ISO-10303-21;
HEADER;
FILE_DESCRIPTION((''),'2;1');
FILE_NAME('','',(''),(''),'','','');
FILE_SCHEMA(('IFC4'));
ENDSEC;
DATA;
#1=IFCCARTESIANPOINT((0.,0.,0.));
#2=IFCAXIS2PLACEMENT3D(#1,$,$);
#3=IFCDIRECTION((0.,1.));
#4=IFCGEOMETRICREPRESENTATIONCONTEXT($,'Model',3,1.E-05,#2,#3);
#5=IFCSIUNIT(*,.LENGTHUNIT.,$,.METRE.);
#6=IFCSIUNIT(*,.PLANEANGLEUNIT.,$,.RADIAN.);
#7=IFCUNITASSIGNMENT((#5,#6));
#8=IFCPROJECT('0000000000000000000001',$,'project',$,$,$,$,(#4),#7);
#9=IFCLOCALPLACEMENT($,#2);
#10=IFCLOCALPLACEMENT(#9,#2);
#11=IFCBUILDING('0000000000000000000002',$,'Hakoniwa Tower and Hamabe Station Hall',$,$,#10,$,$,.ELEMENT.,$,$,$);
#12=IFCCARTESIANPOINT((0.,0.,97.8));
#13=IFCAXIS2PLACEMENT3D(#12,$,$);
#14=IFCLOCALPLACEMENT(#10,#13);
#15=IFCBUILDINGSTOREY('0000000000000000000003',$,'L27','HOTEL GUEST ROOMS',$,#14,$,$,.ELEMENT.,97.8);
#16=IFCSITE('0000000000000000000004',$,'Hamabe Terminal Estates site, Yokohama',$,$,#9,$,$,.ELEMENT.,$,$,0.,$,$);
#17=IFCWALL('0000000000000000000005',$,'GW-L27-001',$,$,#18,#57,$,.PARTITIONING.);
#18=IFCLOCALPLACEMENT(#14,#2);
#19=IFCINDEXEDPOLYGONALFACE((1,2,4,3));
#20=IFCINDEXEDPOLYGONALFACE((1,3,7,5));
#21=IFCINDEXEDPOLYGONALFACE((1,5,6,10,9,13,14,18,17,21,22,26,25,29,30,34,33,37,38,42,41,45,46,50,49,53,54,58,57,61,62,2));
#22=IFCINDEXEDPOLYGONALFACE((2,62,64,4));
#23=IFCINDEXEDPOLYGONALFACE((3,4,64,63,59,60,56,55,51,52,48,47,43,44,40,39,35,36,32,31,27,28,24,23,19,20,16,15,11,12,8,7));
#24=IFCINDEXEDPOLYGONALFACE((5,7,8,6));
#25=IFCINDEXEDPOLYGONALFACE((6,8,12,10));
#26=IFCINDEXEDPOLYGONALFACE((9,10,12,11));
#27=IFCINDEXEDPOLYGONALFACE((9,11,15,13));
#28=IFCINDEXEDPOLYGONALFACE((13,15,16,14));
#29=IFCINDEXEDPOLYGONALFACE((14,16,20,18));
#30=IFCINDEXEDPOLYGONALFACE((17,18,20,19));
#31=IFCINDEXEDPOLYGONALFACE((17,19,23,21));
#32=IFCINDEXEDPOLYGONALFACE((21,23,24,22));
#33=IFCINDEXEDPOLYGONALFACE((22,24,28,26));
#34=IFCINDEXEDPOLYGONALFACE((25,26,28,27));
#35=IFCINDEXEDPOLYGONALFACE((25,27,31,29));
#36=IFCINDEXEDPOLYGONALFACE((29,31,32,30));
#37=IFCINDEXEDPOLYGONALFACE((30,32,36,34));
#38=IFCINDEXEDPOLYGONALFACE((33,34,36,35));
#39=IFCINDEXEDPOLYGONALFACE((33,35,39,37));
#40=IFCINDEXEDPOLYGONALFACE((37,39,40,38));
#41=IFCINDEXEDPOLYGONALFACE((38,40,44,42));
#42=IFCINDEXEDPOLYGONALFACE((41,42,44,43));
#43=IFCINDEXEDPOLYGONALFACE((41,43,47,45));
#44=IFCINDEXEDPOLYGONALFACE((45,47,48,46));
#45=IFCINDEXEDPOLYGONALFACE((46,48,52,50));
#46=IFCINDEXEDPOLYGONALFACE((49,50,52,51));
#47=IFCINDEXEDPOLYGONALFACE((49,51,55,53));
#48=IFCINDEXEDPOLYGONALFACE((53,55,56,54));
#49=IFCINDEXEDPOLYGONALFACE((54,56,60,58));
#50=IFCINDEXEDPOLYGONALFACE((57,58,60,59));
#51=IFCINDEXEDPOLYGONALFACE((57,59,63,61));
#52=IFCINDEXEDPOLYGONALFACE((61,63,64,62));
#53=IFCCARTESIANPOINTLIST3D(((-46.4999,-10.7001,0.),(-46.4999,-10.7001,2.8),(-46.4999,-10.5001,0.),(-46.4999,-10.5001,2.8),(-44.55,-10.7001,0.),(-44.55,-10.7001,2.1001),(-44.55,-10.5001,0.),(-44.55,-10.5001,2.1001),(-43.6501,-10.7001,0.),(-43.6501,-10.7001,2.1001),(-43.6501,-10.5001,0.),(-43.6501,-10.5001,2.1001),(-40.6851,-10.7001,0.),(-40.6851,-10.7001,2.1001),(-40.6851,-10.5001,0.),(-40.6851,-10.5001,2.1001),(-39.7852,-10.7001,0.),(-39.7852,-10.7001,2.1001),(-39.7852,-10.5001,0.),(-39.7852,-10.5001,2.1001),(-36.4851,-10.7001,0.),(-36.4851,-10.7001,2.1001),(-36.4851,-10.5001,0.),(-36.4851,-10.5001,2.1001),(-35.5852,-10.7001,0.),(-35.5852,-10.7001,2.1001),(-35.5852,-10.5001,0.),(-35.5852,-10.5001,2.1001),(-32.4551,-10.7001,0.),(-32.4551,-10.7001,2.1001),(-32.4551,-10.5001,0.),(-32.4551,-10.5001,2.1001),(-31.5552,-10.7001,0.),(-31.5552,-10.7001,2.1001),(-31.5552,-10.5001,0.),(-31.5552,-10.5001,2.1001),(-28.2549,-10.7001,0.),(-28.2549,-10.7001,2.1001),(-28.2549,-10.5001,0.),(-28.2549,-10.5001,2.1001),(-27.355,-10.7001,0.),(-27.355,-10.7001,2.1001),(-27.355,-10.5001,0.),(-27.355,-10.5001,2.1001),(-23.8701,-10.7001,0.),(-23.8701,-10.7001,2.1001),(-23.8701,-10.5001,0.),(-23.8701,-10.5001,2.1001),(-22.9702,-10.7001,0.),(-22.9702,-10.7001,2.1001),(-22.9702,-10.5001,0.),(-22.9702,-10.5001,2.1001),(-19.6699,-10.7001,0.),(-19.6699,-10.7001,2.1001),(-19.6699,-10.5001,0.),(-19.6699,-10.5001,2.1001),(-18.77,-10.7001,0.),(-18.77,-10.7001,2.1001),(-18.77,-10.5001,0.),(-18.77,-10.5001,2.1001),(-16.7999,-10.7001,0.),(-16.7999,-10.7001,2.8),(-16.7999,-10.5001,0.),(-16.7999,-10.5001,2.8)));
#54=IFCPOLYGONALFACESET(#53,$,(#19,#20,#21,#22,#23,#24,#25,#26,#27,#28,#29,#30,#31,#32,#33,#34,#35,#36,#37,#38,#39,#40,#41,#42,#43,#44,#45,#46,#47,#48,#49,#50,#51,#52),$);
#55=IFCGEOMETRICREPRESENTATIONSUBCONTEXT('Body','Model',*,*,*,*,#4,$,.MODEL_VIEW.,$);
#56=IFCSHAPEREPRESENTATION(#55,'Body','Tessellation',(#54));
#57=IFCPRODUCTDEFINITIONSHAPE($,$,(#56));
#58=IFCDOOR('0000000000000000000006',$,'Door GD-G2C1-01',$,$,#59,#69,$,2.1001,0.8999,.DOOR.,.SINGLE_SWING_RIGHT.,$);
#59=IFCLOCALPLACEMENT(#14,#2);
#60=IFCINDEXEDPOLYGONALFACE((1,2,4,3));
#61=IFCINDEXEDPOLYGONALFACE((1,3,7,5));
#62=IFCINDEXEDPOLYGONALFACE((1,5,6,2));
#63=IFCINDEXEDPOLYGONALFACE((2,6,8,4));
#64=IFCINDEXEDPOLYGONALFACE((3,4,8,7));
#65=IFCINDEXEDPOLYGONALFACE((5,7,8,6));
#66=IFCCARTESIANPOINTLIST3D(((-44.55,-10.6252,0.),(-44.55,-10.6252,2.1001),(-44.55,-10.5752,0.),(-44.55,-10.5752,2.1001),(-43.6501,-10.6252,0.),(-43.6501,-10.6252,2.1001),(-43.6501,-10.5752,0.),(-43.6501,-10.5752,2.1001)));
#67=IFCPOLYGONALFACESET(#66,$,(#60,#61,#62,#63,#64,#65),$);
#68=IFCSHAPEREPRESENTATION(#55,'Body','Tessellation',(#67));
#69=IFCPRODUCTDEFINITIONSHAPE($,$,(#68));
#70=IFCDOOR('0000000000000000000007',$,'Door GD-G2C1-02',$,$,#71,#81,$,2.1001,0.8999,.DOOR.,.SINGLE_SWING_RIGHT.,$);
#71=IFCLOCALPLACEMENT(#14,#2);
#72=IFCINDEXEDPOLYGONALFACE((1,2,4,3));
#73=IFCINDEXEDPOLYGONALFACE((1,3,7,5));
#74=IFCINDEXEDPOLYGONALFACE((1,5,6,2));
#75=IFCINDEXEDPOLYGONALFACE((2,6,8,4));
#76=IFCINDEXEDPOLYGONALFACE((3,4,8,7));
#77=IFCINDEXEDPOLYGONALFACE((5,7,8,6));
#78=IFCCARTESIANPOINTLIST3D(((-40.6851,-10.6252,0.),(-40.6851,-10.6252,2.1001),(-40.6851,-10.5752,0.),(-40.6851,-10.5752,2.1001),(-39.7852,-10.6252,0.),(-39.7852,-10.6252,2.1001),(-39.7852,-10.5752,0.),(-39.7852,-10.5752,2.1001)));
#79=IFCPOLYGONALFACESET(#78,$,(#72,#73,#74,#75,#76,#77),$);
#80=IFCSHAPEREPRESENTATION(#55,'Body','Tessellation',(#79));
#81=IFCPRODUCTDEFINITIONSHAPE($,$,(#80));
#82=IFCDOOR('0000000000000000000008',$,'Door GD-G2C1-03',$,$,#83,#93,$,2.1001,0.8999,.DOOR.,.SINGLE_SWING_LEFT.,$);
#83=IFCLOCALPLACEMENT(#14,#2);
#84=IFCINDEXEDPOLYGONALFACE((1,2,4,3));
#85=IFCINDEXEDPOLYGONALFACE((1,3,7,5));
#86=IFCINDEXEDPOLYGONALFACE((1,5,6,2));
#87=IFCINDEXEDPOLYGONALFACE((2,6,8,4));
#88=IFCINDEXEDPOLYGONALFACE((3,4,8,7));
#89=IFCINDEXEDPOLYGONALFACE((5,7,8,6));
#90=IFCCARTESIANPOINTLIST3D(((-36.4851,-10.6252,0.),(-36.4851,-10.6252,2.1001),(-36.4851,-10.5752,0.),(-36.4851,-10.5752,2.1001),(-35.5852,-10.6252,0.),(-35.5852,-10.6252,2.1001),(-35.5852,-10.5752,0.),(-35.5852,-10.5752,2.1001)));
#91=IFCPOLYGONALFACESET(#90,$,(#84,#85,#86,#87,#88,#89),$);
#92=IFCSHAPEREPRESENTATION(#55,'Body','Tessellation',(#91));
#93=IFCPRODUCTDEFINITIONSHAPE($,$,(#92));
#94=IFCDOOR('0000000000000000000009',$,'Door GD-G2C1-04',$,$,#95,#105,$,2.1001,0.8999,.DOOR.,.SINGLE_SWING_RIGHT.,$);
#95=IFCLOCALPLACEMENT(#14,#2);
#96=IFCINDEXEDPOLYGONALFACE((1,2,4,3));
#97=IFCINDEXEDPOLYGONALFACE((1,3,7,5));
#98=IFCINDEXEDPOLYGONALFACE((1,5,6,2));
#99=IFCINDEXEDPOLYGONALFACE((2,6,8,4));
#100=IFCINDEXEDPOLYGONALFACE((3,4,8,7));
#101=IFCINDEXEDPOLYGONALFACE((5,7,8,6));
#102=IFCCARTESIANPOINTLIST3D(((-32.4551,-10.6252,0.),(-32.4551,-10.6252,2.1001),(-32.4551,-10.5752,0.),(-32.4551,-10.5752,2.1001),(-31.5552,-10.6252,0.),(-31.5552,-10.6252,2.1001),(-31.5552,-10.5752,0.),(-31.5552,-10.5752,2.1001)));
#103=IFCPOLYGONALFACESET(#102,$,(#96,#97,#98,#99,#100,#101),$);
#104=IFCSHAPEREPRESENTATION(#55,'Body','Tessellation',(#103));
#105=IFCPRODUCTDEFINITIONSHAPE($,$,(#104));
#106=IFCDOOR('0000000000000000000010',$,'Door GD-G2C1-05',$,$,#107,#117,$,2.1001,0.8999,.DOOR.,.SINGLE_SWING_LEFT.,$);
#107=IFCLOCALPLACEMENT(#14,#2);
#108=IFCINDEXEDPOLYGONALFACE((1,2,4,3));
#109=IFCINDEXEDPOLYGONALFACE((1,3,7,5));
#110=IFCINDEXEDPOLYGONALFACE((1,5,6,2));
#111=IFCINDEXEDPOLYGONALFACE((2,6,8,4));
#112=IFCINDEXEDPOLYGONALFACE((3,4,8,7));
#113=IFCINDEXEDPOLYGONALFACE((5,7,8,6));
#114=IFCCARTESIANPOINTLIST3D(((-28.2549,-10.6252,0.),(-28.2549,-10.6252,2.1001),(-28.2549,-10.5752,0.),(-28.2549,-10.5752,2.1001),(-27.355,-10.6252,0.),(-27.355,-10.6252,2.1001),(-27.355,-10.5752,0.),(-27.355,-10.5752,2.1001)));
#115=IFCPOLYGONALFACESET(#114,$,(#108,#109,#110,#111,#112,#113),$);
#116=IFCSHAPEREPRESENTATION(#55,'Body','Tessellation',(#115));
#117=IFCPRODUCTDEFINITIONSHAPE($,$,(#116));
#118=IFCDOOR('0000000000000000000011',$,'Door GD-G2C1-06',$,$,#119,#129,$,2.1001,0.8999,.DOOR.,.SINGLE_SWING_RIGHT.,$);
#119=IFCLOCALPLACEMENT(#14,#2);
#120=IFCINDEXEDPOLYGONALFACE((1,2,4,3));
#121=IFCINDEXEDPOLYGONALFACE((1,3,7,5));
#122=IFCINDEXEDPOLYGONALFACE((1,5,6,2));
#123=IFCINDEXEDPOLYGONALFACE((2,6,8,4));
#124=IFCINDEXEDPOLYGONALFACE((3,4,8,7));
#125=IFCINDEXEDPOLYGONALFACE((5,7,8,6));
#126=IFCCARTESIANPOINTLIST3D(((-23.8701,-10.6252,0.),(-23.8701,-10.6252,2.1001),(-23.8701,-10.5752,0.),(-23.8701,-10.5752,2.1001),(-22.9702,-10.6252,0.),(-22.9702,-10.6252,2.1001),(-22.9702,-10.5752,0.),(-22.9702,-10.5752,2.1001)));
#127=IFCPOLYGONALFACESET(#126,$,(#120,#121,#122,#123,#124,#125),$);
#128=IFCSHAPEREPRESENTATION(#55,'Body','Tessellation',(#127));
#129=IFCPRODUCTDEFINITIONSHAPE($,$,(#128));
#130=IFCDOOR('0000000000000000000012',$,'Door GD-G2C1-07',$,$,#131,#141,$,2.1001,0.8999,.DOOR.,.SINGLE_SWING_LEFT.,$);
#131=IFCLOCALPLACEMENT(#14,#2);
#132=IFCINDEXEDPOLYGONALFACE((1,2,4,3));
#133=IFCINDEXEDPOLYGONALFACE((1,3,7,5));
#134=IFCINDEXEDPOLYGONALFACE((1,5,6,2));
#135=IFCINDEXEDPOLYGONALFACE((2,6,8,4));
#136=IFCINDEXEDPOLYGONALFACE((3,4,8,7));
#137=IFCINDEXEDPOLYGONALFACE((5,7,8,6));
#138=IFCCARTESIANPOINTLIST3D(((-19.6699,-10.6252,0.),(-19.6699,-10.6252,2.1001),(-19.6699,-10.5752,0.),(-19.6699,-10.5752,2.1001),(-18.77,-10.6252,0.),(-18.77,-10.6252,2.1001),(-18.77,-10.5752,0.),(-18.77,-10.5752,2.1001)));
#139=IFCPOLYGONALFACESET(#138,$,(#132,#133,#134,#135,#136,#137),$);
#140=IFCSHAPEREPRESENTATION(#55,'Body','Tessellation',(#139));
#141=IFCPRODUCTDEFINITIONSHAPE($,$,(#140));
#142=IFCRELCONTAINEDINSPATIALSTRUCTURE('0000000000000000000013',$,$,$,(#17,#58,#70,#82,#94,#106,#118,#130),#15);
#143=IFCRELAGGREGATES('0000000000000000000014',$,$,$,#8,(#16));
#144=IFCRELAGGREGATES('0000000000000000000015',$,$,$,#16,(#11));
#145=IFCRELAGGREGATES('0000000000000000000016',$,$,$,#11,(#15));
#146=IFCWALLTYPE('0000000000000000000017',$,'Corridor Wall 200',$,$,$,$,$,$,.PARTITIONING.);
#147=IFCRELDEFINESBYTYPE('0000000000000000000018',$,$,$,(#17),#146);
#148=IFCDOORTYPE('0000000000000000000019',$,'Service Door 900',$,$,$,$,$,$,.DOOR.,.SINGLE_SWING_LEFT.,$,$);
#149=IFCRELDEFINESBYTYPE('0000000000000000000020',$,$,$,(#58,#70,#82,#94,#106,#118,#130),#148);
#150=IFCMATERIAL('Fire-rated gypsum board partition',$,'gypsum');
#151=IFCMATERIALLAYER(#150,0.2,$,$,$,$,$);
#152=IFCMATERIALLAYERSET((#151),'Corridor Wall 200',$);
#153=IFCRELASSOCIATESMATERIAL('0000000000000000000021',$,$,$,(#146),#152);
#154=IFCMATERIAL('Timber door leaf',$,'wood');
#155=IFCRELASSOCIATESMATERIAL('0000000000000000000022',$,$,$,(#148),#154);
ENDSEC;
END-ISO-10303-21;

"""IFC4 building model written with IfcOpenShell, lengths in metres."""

from ifc_helpers import new_model, si_unit, direction, frame, frame_2d, origin, place, context, subcontext, project, spatial, rectangle, extrude, material, layer, layer_set, type_object, element, fill, save


model = new_model("IFC4")

# Units and contexts
model_context = context("Model", 3, precision=1e-05, world=origin(), true_north=direction((0.0, 1.0)))
body_context = subcontext(model_context, "Body", "Model", "MODEL_VIEW")
ifc_project = project(units=[si_unit("LENGTHUNIT", "METRE"), si_unit("PLANEANGLEUNIT", "RADIAN")], contexts=[model_context])

# Site, building, storey
site_placement = place(None, origin())
site = spatial("IfcSite", under=ifc_project, at=site_placement, Name="Hamabe Terminal Estates site, Yokohama", CompositionType="ELEMENT", RefElevation=0.0)
building_placement = place(site_placement, origin())
building = spatial("IfcBuilding", under=site, at=building_placement, Name="Hakoniwa Tower and Hamabe Station Hall", CompositionType="ELEMENT")
storey_placement = place(building_placement, frame((0.0, 0.0, 97.8)))
storey = spatial("IfcBuildingStorey", under=building, at=storey_placement, Name="L27", Description="HOTEL GUEST ROOMS", CompositionType="ELEMENT", Elevation=97.8)

# Wall, openings, doors
ifc_material_1 = material(Name="Fire-rated gypsum board partition", Category="gypsum")
ifc_layer_1 = layer(ifc_material_1, 0.2)
ifc_layer_set_1 = layer_set([ifc_layer_1], Name="Corridor Wall 200")
wall_type_1 = type_object("IfcWallType", Name="Corridor Wall 200", PredefinedType="PARTITIONING", material=ifc_layer_set_1)
wall_1_placement = place(storey_placement, frame((-46.5, -10.6001, 0.0), z_axis=(0.0, 0.0, 1.0), x_axis=(1.0, 0.0, 0.0)))
wall_1 = element("IfcWall", 1, at=wall_1_placement, inside=storey, type_object=wall_type_1, Name="GW-L27-001", PredefinedType="PARTITIONING", context=body_context, shape_type="SweptSolid", body=[
    extrude(rectangle(XDim=29.7, YDim=0.2, at=frame_2d((14.8501, 0.0))), origin(), (0.0, 0.0, 1.0), 2.8),
])
opening_1_placement = place(wall_1_placement, frame((1.95, 0.0, 0.0)))
opening_1 = element("IfcOpeningElement", 2, at=opening_1_placement, cuts=wall_1, PredefinedType="OPENING", context=body_context, shape_type="SweptSolid", body=[
    extrude(rectangle(XDim=0.8999, YDim=2.1001, at=frame_2d((0.45, 1.05))), frame((0.0, 0.1099, 0.0), z_axis=(0.0, -1.0, 0.0), x_axis=(1.0, 0.0, 0.0)), (0.0, 0.0, 1.0), 0.22),
])
opening_2_placement = place(wall_1_placement, frame((5.8149, 0.0, 0.0)))
opening_2 = element("IfcOpeningElement", 3, at=opening_2_placement, cuts=wall_1, PredefinedType="OPENING", context=body_context, shape_type="SweptSolid", body=[
    extrude(rectangle(XDim=0.8999, YDim=2.1001, at=frame_2d((0.45, 1.05))), frame((0.0, 0.1099, 0.0), z_axis=(0.0, -1.0, 0.0), x_axis=(1.0, 0.0, 0.0)), (0.0, 0.0, 1.0), 0.22),
])
opening_3_placement = place(wall_1_placement, frame((10.0149, 0.0, 0.0)))
opening_3 = element("IfcOpeningElement", 4, at=opening_3_placement, cuts=wall_1, PredefinedType="OPENING", context=body_context, shape_type="SweptSolid", body=[
    extrude(rectangle(XDim=0.8999, YDim=2.1001, at=frame_2d((0.45, 1.05))), frame((0.0, 0.1099, 0.0), z_axis=(0.0, -1.0, 0.0), x_axis=(1.0, 0.0, 0.0)), (0.0, 0.0, 1.0), 0.22),
])
opening_4_placement = place(wall_1_placement, frame((14.0449, 0.0, 0.0)))
opening_4 = element("IfcOpeningElement", 5, at=opening_4_placement, cuts=wall_1, PredefinedType="OPENING", context=body_context, shape_type="SweptSolid", body=[
    extrude(rectangle(XDim=0.8999, YDim=2.1001, at=frame_2d((0.45, 1.05))), frame((0.0, 0.1099, 0.0), z_axis=(0.0, -1.0, 0.0), x_axis=(1.0, 0.0, 0.0)), (0.0, 0.0, 1.0), 0.22),
])
opening_5_placement = place(wall_1_placement, frame((18.2451, 0.0, 0.0)))
opening_5 = element("IfcOpeningElement", 6, at=opening_5_placement, cuts=wall_1, PredefinedType="OPENING", context=body_context, shape_type="SweptSolid", body=[
    extrude(rectangle(XDim=0.8999, YDim=2.1001, at=frame_2d((0.45, 1.05))), frame((0.0, 0.1099, 0.0), z_axis=(0.0, -1.0, 0.0), x_axis=(1.0, 0.0, 0.0)), (0.0, 0.0, 1.0), 0.22),
])
opening_6_placement = place(wall_1_placement, frame((22.6299, 0.0, 0.0)))
opening_6 = element("IfcOpeningElement", 7, at=opening_6_placement, cuts=wall_1, PredefinedType="OPENING", context=body_context, shape_type="SweptSolid", body=[
    extrude(rectangle(XDim=0.8999, YDim=2.1001, at=frame_2d((0.45, 1.05))), frame((0.0, 0.1099, 0.0), z_axis=(0.0, -1.0, 0.0), x_axis=(1.0, 0.0, 0.0)), (0.0, 0.0, 1.0), 0.22),
])
opening_7_placement = place(wall_1_placement, frame((26.8301, 0.0, 0.0)))
opening_7 = element("IfcOpeningElement", 8, at=opening_7_placement, cuts=wall_1, PredefinedType="OPENING", context=body_context, shape_type="SweptSolid", body=[
    extrude(rectangle(XDim=0.8999, YDim=2.1001, at=frame_2d((0.45, 1.05))), frame((0.0, 0.1099, 0.0), z_axis=(0.0, -1.0, 0.0), x_axis=(1.0, 0.0, 0.0)), (0.0, 0.0, 1.0), 0.22),
])
ifc_material_2 = material(Name="Timber door leaf", Category="wood")
door_type_1 = type_object("IfcDoorType", Name="Service Door 900", OperationType="SINGLE_SWING_LEFT", PredefinedType="DOOR", material=ifc_material_2)
door_1_placement = place(opening_1_placement, origin())
door_1 = element("IfcDoor", 9, at=door_1_placement, inside=storey, type_object=door_type_1, Name="Door GD-G2C1-01", OperationType="SINGLE_SWING_RIGHT", OverallHeight=2.1001, OverallWidth=0.8999, PredefinedType="DOOR", context=body_context, shape_type="SweptSolid", body=[
    extrude(rectangle(XDim=0.8999, YDim=2.1001, at=frame_2d((0.45, 1.05))), frame((0.0, 0.0249, 0.0), z_axis=(0.0, -1.0, 0.0), x_axis=(1.0, 0.0, 0.0)), (0.0, 0.0, 1.0), 0.05),
])
fill(opening_1, door_1)
door_2_placement = place(opening_2_placement, origin())
door_2 = element("IfcDoor", 10, at=door_2_placement, inside=storey, type_object=door_type_1, Name="Door GD-G2C1-02", OperationType="SINGLE_SWING_RIGHT", OverallHeight=2.1001, OverallWidth=0.8999, PredefinedType="DOOR", context=body_context, shape_type="SweptSolid", body=[
    extrude(rectangle(XDim=0.8999, YDim=2.1001, at=frame_2d((0.45, 1.05))), frame((0.0, 0.0249, 0.0), z_axis=(0.0, -1.0, 0.0), x_axis=(1.0, 0.0, 0.0)), (0.0, 0.0, 1.0), 0.05),
])
fill(opening_2, door_2)
door_3_placement = place(opening_3_placement, origin())
door_3 = element("IfcDoor", 11, at=door_3_placement, inside=storey, type_object=door_type_1, Name="Door GD-G2C1-03", OperationType="SINGLE_SWING_LEFT", OverallHeight=2.1001, OverallWidth=0.8999, PredefinedType="DOOR", context=body_context, shape_type="SweptSolid", body=[
    extrude(rectangle(XDim=0.8999, YDim=2.1001, at=frame_2d((0.45, 1.05))), frame((0.0, 0.0249, 0.0), z_axis=(0.0, -1.0, 0.0), x_axis=(1.0, 0.0, 0.0)), (0.0, 0.0, 1.0), 0.05),
])
fill(opening_3, door_3)
door_4_placement = place(opening_4_placement, origin())
door_4 = element("IfcDoor", 12, at=door_4_placement, inside=storey, type_object=door_type_1, Name="Door GD-G2C1-04", OperationType="SINGLE_SWING_RIGHT", OverallHeight=2.1001, OverallWidth=0.8999, PredefinedType="DOOR", context=body_context, shape_type="SweptSolid", body=[
    extrude(rectangle(XDim=0.8999, YDim=2.1001, at=frame_2d((0.45, 1.05))), frame((0.0, 0.0249, 0.0), z_axis=(0.0, -1.0, 0.0), x_axis=(1.0, 0.0, 0.0)), (0.0, 0.0, 1.0), 0.05),
])
fill(opening_4, door_4)
door_5_placement = place(opening_5_placement, origin())
door_5 = element("IfcDoor", 13, at=door_5_placement, inside=storey, type_object=door_type_1, Name="Door GD-G2C1-05", OperationType="SINGLE_SWING_LEFT", OverallHeight=2.1001, OverallWidth=0.8999, PredefinedType="DOOR", context=body_context, shape_type="SweptSolid", body=[
    extrude(rectangle(XDim=0.8999, YDim=2.1001, at=frame_2d((0.45, 1.05))), frame((0.0, 0.0249, 0.0), z_axis=(0.0, -1.0, 0.0), x_axis=(1.0, 0.0, 0.0)), (0.0, 0.0, 1.0), 0.05),
])
fill(opening_5, door_5)
door_6_placement = place(opening_6_placement, origin())
door_6 = element("IfcDoor", 14, at=door_6_placement, inside=storey, type_object=door_type_1, Name="Door GD-G2C1-06", OperationType="SINGLE_SWING_RIGHT", OverallHeight=2.1001, OverallWidth=0.8999, PredefinedType="DOOR", context=body_context, shape_type="SweptSolid", body=[
    extrude(rectangle(XDim=0.8999, YDim=2.1001, at=frame_2d((0.45, 1.05))), frame((0.0, 0.0249, 0.0), z_axis=(0.0, -1.0, 0.0), x_axis=(1.0, 0.0, 0.0)), (0.0, 0.0, 1.0), 0.05),
])
fill(opening_6, door_6)
door_7_placement = place(opening_7_placement, origin())
door_7 = element("IfcDoor", 15, at=door_7_placement, inside=storey, type_object=door_type_1, Name="Door GD-G2C1-07", OperationType="SINGLE_SWING_LEFT", OverallHeight=2.1001, OverallWidth=0.8999, PredefinedType="DOOR", context=body_context, shape_type="SweptSolid", body=[
    extrude(rectangle(XDim=0.8999, YDim=2.1001, at=frame_2d((0.45, 1.05))), frame((0.0, 0.0249, 0.0), z_axis=(0.0, -1.0, 0.0), x_axis=(1.0, 0.0, 0.0)), (0.0, 0.0, 1.0), 0.05),
])
fill(opening_7, door_7)

save(model, "model.ifc")
